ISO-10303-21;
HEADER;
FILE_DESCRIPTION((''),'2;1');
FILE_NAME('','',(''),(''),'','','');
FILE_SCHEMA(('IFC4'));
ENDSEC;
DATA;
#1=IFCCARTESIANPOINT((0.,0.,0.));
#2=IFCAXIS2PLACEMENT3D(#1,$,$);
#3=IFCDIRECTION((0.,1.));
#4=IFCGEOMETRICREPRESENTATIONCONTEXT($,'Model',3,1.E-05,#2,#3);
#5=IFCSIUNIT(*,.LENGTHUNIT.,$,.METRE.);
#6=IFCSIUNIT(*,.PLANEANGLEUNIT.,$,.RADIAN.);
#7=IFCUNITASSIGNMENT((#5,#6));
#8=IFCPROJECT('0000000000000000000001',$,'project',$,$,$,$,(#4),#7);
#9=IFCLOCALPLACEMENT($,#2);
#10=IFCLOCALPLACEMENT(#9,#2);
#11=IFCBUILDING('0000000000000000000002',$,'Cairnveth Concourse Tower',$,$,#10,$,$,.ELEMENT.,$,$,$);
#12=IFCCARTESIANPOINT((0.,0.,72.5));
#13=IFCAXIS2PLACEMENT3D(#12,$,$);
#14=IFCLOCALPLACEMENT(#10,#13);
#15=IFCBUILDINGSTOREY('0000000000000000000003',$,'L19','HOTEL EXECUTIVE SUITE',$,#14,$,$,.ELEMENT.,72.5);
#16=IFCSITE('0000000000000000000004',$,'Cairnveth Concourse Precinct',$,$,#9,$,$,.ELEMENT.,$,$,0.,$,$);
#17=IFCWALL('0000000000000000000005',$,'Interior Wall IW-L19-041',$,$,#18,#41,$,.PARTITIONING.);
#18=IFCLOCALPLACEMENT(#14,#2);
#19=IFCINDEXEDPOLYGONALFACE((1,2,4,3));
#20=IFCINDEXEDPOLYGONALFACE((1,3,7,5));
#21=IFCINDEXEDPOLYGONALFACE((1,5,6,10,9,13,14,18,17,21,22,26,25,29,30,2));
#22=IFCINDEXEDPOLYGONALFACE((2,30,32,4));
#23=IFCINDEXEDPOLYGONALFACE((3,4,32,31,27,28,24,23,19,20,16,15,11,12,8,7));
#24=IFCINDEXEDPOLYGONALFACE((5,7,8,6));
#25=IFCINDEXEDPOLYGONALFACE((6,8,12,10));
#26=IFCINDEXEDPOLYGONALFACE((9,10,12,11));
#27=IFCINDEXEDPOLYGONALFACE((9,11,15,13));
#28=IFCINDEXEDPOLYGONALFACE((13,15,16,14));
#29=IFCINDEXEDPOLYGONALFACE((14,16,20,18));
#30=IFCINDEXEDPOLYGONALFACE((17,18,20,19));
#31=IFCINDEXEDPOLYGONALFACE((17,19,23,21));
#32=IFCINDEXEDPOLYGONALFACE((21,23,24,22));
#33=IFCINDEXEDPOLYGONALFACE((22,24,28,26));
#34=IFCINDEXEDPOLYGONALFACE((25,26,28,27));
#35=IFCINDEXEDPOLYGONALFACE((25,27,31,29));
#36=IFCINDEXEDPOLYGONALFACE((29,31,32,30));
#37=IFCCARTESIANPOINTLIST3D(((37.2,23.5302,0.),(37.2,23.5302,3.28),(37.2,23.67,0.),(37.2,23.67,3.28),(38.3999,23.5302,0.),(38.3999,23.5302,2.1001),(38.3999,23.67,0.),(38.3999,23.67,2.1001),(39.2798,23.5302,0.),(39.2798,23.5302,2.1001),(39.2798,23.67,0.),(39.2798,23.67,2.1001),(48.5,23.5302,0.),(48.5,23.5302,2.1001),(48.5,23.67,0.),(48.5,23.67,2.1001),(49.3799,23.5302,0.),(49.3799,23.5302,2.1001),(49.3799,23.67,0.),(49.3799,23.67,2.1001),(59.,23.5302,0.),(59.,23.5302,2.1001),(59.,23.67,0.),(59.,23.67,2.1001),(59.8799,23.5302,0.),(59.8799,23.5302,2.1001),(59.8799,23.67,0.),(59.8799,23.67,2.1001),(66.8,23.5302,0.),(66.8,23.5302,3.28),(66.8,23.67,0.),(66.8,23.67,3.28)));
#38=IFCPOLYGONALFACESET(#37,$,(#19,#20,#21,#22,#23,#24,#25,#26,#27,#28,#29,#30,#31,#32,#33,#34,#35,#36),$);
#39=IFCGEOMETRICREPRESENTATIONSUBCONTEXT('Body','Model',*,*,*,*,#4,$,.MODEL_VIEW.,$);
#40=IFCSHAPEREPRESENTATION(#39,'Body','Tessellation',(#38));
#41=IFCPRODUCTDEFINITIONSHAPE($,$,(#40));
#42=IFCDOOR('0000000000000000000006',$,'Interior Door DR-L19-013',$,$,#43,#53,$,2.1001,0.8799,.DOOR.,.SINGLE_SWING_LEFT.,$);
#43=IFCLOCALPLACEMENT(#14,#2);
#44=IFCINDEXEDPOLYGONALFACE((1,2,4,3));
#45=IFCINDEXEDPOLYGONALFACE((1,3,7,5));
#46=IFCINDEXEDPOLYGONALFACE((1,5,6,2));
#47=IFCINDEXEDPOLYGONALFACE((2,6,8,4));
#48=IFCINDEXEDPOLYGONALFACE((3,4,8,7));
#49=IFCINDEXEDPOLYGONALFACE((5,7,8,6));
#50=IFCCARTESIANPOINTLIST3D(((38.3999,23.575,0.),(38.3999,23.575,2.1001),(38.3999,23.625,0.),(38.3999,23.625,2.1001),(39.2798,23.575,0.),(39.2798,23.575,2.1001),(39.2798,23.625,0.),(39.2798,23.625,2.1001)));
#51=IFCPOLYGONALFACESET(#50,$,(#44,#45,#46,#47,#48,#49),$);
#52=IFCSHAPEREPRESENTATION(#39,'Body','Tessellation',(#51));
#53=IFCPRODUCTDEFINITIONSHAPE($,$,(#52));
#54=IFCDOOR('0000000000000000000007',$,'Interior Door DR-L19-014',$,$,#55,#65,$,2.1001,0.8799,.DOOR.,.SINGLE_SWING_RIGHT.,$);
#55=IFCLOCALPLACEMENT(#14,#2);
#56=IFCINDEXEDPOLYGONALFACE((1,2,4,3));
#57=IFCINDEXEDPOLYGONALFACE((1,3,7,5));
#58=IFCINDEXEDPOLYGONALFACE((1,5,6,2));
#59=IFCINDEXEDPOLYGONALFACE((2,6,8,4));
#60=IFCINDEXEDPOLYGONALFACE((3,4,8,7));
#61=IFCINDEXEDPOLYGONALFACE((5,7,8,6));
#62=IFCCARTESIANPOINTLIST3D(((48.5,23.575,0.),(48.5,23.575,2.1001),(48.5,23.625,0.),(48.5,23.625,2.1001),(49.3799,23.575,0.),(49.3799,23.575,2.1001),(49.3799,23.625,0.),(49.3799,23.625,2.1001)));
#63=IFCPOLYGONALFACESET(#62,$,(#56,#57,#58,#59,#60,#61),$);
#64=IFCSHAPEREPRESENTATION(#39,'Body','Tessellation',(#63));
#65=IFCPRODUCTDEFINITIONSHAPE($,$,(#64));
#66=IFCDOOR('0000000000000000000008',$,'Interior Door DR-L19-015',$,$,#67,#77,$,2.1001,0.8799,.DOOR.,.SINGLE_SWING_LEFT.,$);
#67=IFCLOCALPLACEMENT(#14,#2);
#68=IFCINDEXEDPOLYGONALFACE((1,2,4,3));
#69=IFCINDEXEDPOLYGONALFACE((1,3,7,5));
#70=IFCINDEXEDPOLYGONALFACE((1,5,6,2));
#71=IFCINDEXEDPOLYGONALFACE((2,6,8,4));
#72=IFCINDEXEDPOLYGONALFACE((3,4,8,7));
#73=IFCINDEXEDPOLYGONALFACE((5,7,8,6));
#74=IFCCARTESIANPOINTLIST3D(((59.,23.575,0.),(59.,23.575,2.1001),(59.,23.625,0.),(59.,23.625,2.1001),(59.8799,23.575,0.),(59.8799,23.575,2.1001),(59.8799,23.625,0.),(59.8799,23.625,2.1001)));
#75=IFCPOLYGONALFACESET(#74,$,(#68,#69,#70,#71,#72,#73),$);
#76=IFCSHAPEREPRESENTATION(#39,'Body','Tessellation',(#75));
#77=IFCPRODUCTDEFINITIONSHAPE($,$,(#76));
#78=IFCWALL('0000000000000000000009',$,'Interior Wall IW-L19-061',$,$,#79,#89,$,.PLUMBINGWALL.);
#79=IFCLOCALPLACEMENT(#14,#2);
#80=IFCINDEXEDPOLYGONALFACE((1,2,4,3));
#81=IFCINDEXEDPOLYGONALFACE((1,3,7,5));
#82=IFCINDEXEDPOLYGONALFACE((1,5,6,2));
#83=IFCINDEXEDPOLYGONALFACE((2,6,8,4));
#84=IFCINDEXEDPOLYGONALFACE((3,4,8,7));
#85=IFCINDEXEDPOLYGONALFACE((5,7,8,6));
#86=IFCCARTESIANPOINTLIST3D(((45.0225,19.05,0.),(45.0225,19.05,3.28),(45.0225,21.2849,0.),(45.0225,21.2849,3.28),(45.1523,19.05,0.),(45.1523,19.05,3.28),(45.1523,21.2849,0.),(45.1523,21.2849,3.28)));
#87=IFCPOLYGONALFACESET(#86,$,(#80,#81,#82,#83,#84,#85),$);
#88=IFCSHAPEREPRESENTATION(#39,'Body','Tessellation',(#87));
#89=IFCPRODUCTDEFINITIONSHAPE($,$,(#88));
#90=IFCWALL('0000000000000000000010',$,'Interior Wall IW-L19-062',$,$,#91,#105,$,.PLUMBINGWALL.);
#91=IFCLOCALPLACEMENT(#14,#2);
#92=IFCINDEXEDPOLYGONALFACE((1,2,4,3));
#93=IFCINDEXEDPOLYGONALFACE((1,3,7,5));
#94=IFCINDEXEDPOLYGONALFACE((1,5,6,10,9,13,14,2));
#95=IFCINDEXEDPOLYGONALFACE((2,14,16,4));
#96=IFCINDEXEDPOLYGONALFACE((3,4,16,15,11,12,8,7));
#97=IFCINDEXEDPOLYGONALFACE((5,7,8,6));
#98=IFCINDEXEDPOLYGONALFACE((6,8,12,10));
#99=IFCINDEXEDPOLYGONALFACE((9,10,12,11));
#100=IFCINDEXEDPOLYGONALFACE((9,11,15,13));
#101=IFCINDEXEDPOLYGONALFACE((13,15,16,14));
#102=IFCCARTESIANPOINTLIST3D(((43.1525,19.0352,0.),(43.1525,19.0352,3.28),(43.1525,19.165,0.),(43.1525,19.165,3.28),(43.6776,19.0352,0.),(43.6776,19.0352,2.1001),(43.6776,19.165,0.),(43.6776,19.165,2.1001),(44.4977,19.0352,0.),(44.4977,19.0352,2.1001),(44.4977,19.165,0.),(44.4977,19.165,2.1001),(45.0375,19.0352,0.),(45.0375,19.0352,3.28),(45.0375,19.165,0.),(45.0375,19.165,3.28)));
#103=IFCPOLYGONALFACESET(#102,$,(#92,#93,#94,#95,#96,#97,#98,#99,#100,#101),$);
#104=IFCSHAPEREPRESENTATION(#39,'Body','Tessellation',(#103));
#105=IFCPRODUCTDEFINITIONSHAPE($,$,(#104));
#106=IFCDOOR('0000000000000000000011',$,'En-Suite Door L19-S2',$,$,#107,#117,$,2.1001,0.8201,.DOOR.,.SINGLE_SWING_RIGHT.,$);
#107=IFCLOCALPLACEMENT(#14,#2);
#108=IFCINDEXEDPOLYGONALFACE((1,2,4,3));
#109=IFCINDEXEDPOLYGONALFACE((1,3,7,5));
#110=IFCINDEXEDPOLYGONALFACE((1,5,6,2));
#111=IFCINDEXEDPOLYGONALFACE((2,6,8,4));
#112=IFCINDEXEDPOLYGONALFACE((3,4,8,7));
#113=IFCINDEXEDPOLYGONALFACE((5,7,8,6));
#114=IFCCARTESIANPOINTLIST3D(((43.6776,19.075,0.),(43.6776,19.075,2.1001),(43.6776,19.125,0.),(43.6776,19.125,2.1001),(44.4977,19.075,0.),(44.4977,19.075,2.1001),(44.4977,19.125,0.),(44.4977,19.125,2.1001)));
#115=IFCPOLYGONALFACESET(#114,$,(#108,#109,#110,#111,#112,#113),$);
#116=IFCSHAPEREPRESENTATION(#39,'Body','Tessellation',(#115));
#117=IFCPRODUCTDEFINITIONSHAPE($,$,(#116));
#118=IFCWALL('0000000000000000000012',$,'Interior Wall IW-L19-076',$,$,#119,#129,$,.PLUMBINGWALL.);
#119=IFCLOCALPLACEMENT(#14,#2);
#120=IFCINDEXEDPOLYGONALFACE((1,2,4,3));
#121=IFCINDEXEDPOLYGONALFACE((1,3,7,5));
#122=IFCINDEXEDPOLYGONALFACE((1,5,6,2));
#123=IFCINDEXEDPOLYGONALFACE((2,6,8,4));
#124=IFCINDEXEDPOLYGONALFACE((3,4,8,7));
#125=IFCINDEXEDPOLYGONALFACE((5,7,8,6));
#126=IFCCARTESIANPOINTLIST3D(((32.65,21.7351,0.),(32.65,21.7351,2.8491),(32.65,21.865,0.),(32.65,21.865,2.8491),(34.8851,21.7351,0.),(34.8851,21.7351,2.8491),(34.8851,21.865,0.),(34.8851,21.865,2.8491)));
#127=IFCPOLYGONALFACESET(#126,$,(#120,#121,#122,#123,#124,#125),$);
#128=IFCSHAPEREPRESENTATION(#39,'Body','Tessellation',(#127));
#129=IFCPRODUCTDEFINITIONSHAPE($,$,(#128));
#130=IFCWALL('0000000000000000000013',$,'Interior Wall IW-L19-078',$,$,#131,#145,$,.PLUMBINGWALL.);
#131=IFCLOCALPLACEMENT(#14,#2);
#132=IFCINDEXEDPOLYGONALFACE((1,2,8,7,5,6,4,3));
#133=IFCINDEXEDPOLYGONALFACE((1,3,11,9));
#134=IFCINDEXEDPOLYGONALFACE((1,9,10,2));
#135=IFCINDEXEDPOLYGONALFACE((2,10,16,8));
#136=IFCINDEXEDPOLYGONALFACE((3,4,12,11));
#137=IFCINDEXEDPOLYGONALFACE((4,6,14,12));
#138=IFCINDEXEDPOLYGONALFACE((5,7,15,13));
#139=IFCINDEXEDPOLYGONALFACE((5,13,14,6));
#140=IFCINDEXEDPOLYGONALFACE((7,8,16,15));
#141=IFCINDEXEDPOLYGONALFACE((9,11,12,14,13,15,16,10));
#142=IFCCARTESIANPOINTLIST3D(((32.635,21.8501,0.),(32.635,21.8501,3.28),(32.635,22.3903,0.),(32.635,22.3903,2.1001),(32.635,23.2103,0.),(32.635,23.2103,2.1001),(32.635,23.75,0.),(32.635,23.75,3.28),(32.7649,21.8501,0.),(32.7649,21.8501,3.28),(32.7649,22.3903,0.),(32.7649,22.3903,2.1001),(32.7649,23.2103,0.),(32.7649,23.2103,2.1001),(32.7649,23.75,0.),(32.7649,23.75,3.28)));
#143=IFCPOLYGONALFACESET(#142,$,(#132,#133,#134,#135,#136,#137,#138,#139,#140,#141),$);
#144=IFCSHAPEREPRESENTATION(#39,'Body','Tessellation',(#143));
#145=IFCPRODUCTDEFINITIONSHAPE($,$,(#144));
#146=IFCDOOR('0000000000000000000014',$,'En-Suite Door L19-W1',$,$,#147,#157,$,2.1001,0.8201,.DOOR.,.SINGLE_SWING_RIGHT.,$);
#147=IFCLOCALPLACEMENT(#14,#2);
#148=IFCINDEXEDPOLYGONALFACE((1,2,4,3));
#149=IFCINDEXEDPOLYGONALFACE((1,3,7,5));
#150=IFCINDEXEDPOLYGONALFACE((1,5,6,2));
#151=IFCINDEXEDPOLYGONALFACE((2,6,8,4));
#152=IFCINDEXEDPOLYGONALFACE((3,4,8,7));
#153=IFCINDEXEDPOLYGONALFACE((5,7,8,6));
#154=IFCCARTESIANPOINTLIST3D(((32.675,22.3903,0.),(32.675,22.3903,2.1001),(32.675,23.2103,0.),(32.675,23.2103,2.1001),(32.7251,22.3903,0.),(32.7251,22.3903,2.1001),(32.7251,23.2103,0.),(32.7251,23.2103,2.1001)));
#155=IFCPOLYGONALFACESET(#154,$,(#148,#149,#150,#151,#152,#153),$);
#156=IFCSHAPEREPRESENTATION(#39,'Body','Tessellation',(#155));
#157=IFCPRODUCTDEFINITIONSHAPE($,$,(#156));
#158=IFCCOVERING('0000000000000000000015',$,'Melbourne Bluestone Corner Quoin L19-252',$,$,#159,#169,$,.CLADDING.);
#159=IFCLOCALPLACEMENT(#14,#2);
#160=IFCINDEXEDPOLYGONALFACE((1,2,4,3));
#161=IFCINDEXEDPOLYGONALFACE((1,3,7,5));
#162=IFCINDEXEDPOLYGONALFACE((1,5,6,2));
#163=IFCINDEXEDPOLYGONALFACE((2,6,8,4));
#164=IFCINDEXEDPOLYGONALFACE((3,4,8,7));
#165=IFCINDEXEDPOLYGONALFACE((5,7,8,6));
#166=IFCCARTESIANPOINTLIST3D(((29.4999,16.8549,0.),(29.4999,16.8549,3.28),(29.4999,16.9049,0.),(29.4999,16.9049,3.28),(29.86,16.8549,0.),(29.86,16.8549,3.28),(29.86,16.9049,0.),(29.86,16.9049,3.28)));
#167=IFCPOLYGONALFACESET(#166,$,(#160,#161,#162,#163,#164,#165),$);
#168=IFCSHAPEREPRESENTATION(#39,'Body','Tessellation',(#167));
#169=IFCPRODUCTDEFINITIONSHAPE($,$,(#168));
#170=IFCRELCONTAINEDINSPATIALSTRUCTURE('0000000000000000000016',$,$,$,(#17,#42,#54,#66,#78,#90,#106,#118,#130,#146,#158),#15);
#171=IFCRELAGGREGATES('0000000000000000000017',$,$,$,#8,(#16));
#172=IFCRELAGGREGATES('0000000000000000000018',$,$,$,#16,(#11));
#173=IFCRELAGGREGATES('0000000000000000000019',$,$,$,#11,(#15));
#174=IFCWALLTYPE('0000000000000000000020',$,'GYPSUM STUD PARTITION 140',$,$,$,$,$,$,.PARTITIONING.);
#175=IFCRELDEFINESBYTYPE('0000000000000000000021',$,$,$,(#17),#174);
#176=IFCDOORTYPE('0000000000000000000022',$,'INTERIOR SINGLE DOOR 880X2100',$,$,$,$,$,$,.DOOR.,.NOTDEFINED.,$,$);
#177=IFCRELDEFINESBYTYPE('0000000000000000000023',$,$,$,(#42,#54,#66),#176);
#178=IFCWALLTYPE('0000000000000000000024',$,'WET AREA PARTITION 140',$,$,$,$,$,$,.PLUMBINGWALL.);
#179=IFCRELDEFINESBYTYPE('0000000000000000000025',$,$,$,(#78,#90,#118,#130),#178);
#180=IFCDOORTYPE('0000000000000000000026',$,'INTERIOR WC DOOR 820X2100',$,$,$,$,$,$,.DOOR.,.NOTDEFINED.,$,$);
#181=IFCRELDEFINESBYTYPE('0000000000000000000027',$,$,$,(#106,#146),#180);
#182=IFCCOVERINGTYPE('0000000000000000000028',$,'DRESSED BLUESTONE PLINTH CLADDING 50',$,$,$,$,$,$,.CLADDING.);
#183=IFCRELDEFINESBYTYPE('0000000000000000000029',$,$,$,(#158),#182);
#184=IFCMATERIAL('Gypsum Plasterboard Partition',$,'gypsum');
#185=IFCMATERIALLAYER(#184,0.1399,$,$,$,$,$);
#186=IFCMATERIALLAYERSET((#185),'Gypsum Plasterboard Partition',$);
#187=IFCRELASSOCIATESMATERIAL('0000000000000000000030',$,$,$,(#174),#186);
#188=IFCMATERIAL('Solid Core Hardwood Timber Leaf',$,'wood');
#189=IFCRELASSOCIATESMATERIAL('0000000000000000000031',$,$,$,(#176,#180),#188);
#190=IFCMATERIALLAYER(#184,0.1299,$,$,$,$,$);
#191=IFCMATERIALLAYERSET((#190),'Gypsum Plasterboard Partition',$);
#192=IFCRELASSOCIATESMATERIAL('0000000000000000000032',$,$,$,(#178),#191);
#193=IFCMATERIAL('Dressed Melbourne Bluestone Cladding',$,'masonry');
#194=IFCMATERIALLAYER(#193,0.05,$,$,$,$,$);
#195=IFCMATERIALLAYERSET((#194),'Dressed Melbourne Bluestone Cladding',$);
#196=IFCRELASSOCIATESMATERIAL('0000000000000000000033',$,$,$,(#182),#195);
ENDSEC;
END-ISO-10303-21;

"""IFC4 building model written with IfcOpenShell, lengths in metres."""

from ifc_helpers import new_model, si_unit, direction, frame, frame_2d, origin, place, context, subcontext, project, spatial, rectangle, extrude, material, layer, layer_set, type_object, element, fill, save


model = new_model("IFC4")

# Units and contexts
model_context = context("Model", 3, precision=1e-05, world=origin(), true_north=direction((0.0, 1.0)))
body_context = subcontext(model_context, "Body", "Model", "MODEL_VIEW")
ifc_project = project(units=[si_unit("LENGTHUNIT", "METRE"), si_unit("PLANEANGLEUNIT", "RADIAN")], contexts=[model_context])

# Site, building, storey
site_placement = place(None, origin())
site = spatial("IfcSite", under=ifc_project, at=site_placement, Name="Cairnveth Concourse Precinct", CompositionType="ELEMENT", RefElevation=0.0)
building_placement = place(site_placement, origin())
building = spatial("IfcBuilding", under=site, at=building_placement, Name="Cairnveth Concourse Tower", CompositionType="ELEMENT")
storey_placement = place(building_placement, frame((0.0, 0.0, 72.5)))
storey = spatial("IfcBuildingStorey", under=building, at=storey_placement, Name="L19", Description="HOTEL EXECUTIVE SUITE", CompositionType="ELEMENT", Elevation=72.5)

# Shared definitions
ifc_material_1 = material(Name="Gypsum Plasterboard Partition", Category="gypsum")
ifc_material_2 = material(Name="Solid Core Hardwood Timber Leaf", Category="wood")

# Wall, openings, doors
ifc_layer_1 = layer(ifc_material_1, 0.1399)
ifc_layer_set_1 = layer_set([ifc_layer_1], Name="Gypsum Plasterboard Partition")
wall_type_1 = type_object("IfcWallType", Name="GYPSUM STUD PARTITION 140", PredefinedType="PARTITIONING", material=ifc_layer_set_1)
wall_1_placement = place(storey_placement, frame((37.2, 23.6001, 0.0), z_axis=(0.0, 0.0, 1.0), x_axis=(1.0, 0.0, 0.0)))
wall_1 = element("IfcWall", 1, at=wall_1_placement, inside=storey, type_object=wall_type_1, Name="Interior Wall IW-L19-041", PredefinedType="PARTITIONING", context=body_context, shape_type="SweptSolid", body=[
    extrude(rectangle(XDim=29.6001, YDim=0.1399, at=frame_2d((14.8, 0.0))), origin(), (0.0, 0.0, 1.0), 3.28),
])
opening_1_placement = place(wall_1_placement, frame((1.2, 0.0, 0.0)))
opening_1 = element("IfcOpeningElement", 2, at=opening_1_placement, cuts=wall_1, PredefinedType="OPENING", context=body_context, shape_type="SweptSolid", body=[
    extrude(rectangle(XDim=0.8799, YDim=2.1001, at=frame_2d((0.4399, 1.05))), frame((0.0, 0.0798, 0.0), z_axis=(0.0, -1.0, 0.0), x_axis=(1.0, 0.0, 0.0)), (0.0, 0.0, 1.0), 0.1599),
])
opening_2_placement = place(wall_1_placement, frame((11.3, 0.0, 0.0)))
opening_2 = element("IfcOpeningElement", 3, at=opening_2_placement, cuts=wall_1, PredefinedType="OPENING", context=body_context, shape_type="SweptSolid", body=[
    extrude(rectangle(XDim=0.8799, YDim=2.1001, at=frame_2d((0.4399, 1.05))), frame((0.0, 0.0798, 0.0), z_axis=(0.0, -1.0, 0.0), x_axis=(1.0, 0.0, 0.0)), (0.0, 0.0, 1.0), 0.1599),
])
opening_3_placement = place(wall_1_placement, frame((21.8, 0.0, 0.0)))
opening_3 = element("IfcOpeningElement", 4, at=opening_3_placement, cuts=wall_1, PredefinedType="OPENING", context=body_context, shape_type="SweptSolid", body=[
    extrude(rectangle(XDim=0.8799, YDim=2.1001, at=frame_2d((0.4399, 1.05))), frame((0.0, 0.0798, 0.0), z_axis=(0.0, -1.0, 0.0), x_axis=(1.0, 0.0, 0.0)), (0.0, 0.0, 1.0), 0.1599),
])
door_type_1 = type_object("IfcDoorType", Name="INTERIOR SINGLE DOOR 880X2100", OperationType="NOTDEFINED", PredefinedType="DOOR", material=ifc_material_2)
door_1_placement = place(opening_1_placement, origin())
door_1 = element("IfcDoor", 5, at=door_1_placement, inside=storey, type_object=door_type_1, Name="Interior Door DR-L19-013", OperationType="SINGLE_SWING_LEFT", OverallHeight=2.1001, OverallWidth=0.8799, PredefinedType="DOOR", context=body_context, shape_type="SweptSolid", body=[
    extrude(rectangle(XDim=0.8799, YDim=2.1001, at=frame_2d((0.4399, 1.05))), frame((0.0, 0.0249, 0.0), z_axis=(0.0, -1.0, 0.0), x_axis=(1.0, 0.0, 0.0)), (0.0, 0.0, 1.0), 0.05),
])
fill(opening_1, door_1)
door_2_placement = place(opening_2_placement, origin())
door_2 = element("IfcDoor", 6, at=door_2_placement, inside=storey, type_object=door_type_1, Name="Interior Door DR-L19-014", OperationType="SINGLE_SWING_RIGHT", OverallHeight=2.1001, OverallWidth=0.8799, PredefinedType="DOOR", context=body_context, shape_type="SweptSolid", body=[
    extrude(rectangle(XDim=0.8799, YDim=2.1001, at=frame_2d((0.4399, 1.05))), frame((0.0, 0.0249, 0.0), z_axis=(0.0, -1.0, 0.0), x_axis=(1.0, 0.0, 0.0)), (0.0, 0.0, 1.0), 0.05),
])
fill(opening_2, door_2)
door_3_placement = place(opening_3_placement, origin())
door_3 = element("IfcDoor", 7, at=door_3_placement, inside=storey, type_object=door_type_1, Name="Interior Door DR-L19-015", OperationType="SINGLE_SWING_LEFT", OverallHeight=2.1001, OverallWidth=0.8799, PredefinedType="DOOR", context=body_context, shape_type="SweptSolid", body=[
    extrude(rectangle(XDim=0.8799, YDim=2.1001, at=frame_2d((0.4399, 1.05))), frame((0.0, 0.0249, 0.0), z_axis=(0.0, -1.0, 0.0), x_axis=(1.0, 0.0, 0.0)), (0.0, 0.0, 1.0), 0.05),
])
fill(opening_3, door_3)

# Wall
ifc_layer_2 = layer(ifc_material_1, 0.1299)
ifc_layer_set_2 = layer_set([ifc_layer_2], Name="Gypsum Plasterboard Partition")
wall_type_2 = type_object("IfcWallType", Name="WET AREA PARTITION 140", PredefinedType="PLUMBINGWALL", material=ifc_layer_set_2)
wall_2_placement = place(storey_placement, frame((45.0874, 19.05, 0.0), z_axis=(0.0, 0.0, 1.0), x_axis=(0.0, 1.0, 0.0)))
element("IfcWall", 8, at=wall_2_placement, inside=storey, type_object=wall_type_2, Name="Interior Wall IW-L19-061", PredefinedType="PLUMBINGWALL", context=body_context, shape_type="SweptSolid", body=[
    extrude(rectangle(XDim=2.2349, YDim=0.1299, at=frame_2d((1.1174, 0.0))), origin(), (0.0, 0.0, 1.0), 3.28),
])

# Wall, opening, door
wall_3_placement = place(storey_placement, frame((43.1526, 19.1001, 0.0), z_axis=(0.0, 0.0, 1.0), x_axis=(1.0, 0.0, 0.0)))
wall_3 = element("IfcWall", 9, at=wall_3_placement, inside=storey, type_object=wall_type_2, Name="Interior Wall IW-L19-062", PredefinedType="PLUMBINGWALL", context=body_context, shape_type="SweptSolid", body=[
    extrude(rectangle(XDim=1.885, YDim=0.1299, at=frame_2d((0.9424, 0.0))), origin(), (0.0, 0.0, 1.0), 3.28),
])
opening_4_placement = place(wall_3_placement, frame((0.5249, 0.0, 0.0)))
opening_4 = element("IfcOpeningElement", 10, at=opening_4_placement, cuts=wall_3, PredefinedType="OPENING", context=body_context, shape_type="SweptSolid", body=[
    extrude(rectangle(XDim=0.8201, YDim=2.1001, at=frame_2d((0.4102, 1.05))), frame((0.0, 0.075, 0.0), z_axis=(0.0, -1.0, 0.0), x_axis=(1.0, 0.0, 0.0)), (0.0, 0.0, 1.0), 0.1499),
])
door_type_2 = type_object("IfcDoorType", Name="INTERIOR WC DOOR 820X2100", OperationType="NOTDEFINED", PredefinedType="DOOR", material=ifc_material_2)
door_4_placement = place(opening_4_placement, origin())
door_4 = element("IfcDoor", 11, at=door_4_placement, inside=storey, type_object=door_type_2, Name="En-Suite Door L19-S2", OperationType="SINGLE_SWING_RIGHT", OverallHeight=2.1001, OverallWidth=0.8201, PredefinedType="DOOR", context=body_context, shape_type="SweptSolid", body=[
    extrude(rectangle(XDim=0.8201, YDim=2.1001, at=frame_2d((0.4102, 1.05))), frame((0.0, 0.0249, 0.0), z_axis=(0.0, -1.0, 0.0), x_axis=(1.0, 0.0, 0.0)), (0.0, 0.0, 1.0), 0.05),
])
fill(opening_4, door_4)

# Wall
wall_4_placement = place(storey_placement, frame((32.6499, 21.8, 0.0), z_axis=(0.0, 0.0, 1.0), x_axis=(1.0, 0.0, 0.0)))
element("IfcWall", 12, at=wall_4_placement, inside=storey, type_object=wall_type_2, Name="Interior Wall IW-L19-076", PredefinedType="PLUMBINGWALL", context=body_context, shape_type="SweptSolid", body=[
    extrude(rectangle(XDim=2.2351, YDim=0.1299, at=frame_2d((1.1177, 0.0))), origin(), (0.0, 0.0, 1.0), 2.8491),
])

# Wall, opening, door
wall_5_placement = place(storey_placement, frame((32.7, 21.8501, 0.0), z_axis=(0.0, 0.0, 1.0), x_axis=(0.0, 1.0, 0.0)))
wall_5 = element("IfcWall", 13, at=wall_5_placement, inside=storey, type_object=wall_type_2, Name="Interior Wall IW-L19-078", PredefinedType="PLUMBINGWALL", context=body_context, shape_type="SweptSolid", body=[
    extrude(rectangle(XDim=1.8999, YDim=0.1299, at=frame_2d((0.95, 0.0))), origin(), (0.0, 0.0, 1.0), 3.28),
])
opening_5_placement = place(wall_5_placement, frame((0.54, 0.0, 0.0)))
opening_5 = element("IfcOpeningElement", 14, at=opening_5_placement, cuts=wall_5, PredefinedType="OPENING", context=body_context, shape_type="SweptSolid", body=[
    extrude(rectangle(XDim=0.8201, YDim=2.1001, at=frame_2d((0.4102, 1.05))), frame((0.0, 0.075, 0.0), z_axis=(0.0, -1.0, 0.0), x_axis=(1.0, 0.0, 0.0)), (0.0, 0.0, 1.0), 0.1499),
])
door_5_placement = place(opening_5_placement, origin())
door_5 = element("IfcDoor", 15, at=door_5_placement, inside=storey, type_object=door_type_2, Name="En-Suite Door L19-W1", OperationType="SINGLE_SWING_RIGHT", OverallHeight=2.1001, OverallWidth=0.8201, PredefinedType="DOOR", context=body_context, shape_type="SweptSolid", body=[
    extrude(rectangle(XDim=0.8201, YDim=2.1001, at=frame_2d((0.4102, 1.05))), frame((0.0, 0.0249, 0.0), z_axis=(0.0, -1.0, 0.0), x_axis=(1.0, 0.0, 0.0)), (0.0, 0.0, 1.0), 0.05),
])
fill(opening_5, door_5)

# Covering
ifc_material_3 = material(Name="Dressed Melbourne Bluestone Cladding", Category="masonry")
ifc_layer_3 = layer(ifc_material_3, 0.05)
ifc_layer_set_3 = layer_set([ifc_layer_3], Name="Dressed Melbourne Bluestone Cladding")
covering_type = type_object("IfcCoveringType", Name="DRESSED BLUESTONE PLINTH CLADDING 50", PredefinedType="CLADDING", material=ifc_layer_set_3)
covering_placement = place(storey_placement, frame((29.8601, 16.8799, 0.0), z_axis=(0.0, 0.0, 1.0), x_axis=(-1.0, 0.0, 0.0)))
element("IfcCovering", 16, at=covering_placement, inside=storey, type_object=covering_type, Name="Melbourne Bluestone Corner Quoin L19-252", PredefinedType="CLADDING", context=body_context, shape_type="SweptSolid", body=[
    extrude(rectangle(XDim=0.3601, YDim=0.05, at=frame_2d((0.1802, 0.0))), origin(), (0.0, 0.0, 1.0), 3.28),
])

save(model, "model.ifc")
